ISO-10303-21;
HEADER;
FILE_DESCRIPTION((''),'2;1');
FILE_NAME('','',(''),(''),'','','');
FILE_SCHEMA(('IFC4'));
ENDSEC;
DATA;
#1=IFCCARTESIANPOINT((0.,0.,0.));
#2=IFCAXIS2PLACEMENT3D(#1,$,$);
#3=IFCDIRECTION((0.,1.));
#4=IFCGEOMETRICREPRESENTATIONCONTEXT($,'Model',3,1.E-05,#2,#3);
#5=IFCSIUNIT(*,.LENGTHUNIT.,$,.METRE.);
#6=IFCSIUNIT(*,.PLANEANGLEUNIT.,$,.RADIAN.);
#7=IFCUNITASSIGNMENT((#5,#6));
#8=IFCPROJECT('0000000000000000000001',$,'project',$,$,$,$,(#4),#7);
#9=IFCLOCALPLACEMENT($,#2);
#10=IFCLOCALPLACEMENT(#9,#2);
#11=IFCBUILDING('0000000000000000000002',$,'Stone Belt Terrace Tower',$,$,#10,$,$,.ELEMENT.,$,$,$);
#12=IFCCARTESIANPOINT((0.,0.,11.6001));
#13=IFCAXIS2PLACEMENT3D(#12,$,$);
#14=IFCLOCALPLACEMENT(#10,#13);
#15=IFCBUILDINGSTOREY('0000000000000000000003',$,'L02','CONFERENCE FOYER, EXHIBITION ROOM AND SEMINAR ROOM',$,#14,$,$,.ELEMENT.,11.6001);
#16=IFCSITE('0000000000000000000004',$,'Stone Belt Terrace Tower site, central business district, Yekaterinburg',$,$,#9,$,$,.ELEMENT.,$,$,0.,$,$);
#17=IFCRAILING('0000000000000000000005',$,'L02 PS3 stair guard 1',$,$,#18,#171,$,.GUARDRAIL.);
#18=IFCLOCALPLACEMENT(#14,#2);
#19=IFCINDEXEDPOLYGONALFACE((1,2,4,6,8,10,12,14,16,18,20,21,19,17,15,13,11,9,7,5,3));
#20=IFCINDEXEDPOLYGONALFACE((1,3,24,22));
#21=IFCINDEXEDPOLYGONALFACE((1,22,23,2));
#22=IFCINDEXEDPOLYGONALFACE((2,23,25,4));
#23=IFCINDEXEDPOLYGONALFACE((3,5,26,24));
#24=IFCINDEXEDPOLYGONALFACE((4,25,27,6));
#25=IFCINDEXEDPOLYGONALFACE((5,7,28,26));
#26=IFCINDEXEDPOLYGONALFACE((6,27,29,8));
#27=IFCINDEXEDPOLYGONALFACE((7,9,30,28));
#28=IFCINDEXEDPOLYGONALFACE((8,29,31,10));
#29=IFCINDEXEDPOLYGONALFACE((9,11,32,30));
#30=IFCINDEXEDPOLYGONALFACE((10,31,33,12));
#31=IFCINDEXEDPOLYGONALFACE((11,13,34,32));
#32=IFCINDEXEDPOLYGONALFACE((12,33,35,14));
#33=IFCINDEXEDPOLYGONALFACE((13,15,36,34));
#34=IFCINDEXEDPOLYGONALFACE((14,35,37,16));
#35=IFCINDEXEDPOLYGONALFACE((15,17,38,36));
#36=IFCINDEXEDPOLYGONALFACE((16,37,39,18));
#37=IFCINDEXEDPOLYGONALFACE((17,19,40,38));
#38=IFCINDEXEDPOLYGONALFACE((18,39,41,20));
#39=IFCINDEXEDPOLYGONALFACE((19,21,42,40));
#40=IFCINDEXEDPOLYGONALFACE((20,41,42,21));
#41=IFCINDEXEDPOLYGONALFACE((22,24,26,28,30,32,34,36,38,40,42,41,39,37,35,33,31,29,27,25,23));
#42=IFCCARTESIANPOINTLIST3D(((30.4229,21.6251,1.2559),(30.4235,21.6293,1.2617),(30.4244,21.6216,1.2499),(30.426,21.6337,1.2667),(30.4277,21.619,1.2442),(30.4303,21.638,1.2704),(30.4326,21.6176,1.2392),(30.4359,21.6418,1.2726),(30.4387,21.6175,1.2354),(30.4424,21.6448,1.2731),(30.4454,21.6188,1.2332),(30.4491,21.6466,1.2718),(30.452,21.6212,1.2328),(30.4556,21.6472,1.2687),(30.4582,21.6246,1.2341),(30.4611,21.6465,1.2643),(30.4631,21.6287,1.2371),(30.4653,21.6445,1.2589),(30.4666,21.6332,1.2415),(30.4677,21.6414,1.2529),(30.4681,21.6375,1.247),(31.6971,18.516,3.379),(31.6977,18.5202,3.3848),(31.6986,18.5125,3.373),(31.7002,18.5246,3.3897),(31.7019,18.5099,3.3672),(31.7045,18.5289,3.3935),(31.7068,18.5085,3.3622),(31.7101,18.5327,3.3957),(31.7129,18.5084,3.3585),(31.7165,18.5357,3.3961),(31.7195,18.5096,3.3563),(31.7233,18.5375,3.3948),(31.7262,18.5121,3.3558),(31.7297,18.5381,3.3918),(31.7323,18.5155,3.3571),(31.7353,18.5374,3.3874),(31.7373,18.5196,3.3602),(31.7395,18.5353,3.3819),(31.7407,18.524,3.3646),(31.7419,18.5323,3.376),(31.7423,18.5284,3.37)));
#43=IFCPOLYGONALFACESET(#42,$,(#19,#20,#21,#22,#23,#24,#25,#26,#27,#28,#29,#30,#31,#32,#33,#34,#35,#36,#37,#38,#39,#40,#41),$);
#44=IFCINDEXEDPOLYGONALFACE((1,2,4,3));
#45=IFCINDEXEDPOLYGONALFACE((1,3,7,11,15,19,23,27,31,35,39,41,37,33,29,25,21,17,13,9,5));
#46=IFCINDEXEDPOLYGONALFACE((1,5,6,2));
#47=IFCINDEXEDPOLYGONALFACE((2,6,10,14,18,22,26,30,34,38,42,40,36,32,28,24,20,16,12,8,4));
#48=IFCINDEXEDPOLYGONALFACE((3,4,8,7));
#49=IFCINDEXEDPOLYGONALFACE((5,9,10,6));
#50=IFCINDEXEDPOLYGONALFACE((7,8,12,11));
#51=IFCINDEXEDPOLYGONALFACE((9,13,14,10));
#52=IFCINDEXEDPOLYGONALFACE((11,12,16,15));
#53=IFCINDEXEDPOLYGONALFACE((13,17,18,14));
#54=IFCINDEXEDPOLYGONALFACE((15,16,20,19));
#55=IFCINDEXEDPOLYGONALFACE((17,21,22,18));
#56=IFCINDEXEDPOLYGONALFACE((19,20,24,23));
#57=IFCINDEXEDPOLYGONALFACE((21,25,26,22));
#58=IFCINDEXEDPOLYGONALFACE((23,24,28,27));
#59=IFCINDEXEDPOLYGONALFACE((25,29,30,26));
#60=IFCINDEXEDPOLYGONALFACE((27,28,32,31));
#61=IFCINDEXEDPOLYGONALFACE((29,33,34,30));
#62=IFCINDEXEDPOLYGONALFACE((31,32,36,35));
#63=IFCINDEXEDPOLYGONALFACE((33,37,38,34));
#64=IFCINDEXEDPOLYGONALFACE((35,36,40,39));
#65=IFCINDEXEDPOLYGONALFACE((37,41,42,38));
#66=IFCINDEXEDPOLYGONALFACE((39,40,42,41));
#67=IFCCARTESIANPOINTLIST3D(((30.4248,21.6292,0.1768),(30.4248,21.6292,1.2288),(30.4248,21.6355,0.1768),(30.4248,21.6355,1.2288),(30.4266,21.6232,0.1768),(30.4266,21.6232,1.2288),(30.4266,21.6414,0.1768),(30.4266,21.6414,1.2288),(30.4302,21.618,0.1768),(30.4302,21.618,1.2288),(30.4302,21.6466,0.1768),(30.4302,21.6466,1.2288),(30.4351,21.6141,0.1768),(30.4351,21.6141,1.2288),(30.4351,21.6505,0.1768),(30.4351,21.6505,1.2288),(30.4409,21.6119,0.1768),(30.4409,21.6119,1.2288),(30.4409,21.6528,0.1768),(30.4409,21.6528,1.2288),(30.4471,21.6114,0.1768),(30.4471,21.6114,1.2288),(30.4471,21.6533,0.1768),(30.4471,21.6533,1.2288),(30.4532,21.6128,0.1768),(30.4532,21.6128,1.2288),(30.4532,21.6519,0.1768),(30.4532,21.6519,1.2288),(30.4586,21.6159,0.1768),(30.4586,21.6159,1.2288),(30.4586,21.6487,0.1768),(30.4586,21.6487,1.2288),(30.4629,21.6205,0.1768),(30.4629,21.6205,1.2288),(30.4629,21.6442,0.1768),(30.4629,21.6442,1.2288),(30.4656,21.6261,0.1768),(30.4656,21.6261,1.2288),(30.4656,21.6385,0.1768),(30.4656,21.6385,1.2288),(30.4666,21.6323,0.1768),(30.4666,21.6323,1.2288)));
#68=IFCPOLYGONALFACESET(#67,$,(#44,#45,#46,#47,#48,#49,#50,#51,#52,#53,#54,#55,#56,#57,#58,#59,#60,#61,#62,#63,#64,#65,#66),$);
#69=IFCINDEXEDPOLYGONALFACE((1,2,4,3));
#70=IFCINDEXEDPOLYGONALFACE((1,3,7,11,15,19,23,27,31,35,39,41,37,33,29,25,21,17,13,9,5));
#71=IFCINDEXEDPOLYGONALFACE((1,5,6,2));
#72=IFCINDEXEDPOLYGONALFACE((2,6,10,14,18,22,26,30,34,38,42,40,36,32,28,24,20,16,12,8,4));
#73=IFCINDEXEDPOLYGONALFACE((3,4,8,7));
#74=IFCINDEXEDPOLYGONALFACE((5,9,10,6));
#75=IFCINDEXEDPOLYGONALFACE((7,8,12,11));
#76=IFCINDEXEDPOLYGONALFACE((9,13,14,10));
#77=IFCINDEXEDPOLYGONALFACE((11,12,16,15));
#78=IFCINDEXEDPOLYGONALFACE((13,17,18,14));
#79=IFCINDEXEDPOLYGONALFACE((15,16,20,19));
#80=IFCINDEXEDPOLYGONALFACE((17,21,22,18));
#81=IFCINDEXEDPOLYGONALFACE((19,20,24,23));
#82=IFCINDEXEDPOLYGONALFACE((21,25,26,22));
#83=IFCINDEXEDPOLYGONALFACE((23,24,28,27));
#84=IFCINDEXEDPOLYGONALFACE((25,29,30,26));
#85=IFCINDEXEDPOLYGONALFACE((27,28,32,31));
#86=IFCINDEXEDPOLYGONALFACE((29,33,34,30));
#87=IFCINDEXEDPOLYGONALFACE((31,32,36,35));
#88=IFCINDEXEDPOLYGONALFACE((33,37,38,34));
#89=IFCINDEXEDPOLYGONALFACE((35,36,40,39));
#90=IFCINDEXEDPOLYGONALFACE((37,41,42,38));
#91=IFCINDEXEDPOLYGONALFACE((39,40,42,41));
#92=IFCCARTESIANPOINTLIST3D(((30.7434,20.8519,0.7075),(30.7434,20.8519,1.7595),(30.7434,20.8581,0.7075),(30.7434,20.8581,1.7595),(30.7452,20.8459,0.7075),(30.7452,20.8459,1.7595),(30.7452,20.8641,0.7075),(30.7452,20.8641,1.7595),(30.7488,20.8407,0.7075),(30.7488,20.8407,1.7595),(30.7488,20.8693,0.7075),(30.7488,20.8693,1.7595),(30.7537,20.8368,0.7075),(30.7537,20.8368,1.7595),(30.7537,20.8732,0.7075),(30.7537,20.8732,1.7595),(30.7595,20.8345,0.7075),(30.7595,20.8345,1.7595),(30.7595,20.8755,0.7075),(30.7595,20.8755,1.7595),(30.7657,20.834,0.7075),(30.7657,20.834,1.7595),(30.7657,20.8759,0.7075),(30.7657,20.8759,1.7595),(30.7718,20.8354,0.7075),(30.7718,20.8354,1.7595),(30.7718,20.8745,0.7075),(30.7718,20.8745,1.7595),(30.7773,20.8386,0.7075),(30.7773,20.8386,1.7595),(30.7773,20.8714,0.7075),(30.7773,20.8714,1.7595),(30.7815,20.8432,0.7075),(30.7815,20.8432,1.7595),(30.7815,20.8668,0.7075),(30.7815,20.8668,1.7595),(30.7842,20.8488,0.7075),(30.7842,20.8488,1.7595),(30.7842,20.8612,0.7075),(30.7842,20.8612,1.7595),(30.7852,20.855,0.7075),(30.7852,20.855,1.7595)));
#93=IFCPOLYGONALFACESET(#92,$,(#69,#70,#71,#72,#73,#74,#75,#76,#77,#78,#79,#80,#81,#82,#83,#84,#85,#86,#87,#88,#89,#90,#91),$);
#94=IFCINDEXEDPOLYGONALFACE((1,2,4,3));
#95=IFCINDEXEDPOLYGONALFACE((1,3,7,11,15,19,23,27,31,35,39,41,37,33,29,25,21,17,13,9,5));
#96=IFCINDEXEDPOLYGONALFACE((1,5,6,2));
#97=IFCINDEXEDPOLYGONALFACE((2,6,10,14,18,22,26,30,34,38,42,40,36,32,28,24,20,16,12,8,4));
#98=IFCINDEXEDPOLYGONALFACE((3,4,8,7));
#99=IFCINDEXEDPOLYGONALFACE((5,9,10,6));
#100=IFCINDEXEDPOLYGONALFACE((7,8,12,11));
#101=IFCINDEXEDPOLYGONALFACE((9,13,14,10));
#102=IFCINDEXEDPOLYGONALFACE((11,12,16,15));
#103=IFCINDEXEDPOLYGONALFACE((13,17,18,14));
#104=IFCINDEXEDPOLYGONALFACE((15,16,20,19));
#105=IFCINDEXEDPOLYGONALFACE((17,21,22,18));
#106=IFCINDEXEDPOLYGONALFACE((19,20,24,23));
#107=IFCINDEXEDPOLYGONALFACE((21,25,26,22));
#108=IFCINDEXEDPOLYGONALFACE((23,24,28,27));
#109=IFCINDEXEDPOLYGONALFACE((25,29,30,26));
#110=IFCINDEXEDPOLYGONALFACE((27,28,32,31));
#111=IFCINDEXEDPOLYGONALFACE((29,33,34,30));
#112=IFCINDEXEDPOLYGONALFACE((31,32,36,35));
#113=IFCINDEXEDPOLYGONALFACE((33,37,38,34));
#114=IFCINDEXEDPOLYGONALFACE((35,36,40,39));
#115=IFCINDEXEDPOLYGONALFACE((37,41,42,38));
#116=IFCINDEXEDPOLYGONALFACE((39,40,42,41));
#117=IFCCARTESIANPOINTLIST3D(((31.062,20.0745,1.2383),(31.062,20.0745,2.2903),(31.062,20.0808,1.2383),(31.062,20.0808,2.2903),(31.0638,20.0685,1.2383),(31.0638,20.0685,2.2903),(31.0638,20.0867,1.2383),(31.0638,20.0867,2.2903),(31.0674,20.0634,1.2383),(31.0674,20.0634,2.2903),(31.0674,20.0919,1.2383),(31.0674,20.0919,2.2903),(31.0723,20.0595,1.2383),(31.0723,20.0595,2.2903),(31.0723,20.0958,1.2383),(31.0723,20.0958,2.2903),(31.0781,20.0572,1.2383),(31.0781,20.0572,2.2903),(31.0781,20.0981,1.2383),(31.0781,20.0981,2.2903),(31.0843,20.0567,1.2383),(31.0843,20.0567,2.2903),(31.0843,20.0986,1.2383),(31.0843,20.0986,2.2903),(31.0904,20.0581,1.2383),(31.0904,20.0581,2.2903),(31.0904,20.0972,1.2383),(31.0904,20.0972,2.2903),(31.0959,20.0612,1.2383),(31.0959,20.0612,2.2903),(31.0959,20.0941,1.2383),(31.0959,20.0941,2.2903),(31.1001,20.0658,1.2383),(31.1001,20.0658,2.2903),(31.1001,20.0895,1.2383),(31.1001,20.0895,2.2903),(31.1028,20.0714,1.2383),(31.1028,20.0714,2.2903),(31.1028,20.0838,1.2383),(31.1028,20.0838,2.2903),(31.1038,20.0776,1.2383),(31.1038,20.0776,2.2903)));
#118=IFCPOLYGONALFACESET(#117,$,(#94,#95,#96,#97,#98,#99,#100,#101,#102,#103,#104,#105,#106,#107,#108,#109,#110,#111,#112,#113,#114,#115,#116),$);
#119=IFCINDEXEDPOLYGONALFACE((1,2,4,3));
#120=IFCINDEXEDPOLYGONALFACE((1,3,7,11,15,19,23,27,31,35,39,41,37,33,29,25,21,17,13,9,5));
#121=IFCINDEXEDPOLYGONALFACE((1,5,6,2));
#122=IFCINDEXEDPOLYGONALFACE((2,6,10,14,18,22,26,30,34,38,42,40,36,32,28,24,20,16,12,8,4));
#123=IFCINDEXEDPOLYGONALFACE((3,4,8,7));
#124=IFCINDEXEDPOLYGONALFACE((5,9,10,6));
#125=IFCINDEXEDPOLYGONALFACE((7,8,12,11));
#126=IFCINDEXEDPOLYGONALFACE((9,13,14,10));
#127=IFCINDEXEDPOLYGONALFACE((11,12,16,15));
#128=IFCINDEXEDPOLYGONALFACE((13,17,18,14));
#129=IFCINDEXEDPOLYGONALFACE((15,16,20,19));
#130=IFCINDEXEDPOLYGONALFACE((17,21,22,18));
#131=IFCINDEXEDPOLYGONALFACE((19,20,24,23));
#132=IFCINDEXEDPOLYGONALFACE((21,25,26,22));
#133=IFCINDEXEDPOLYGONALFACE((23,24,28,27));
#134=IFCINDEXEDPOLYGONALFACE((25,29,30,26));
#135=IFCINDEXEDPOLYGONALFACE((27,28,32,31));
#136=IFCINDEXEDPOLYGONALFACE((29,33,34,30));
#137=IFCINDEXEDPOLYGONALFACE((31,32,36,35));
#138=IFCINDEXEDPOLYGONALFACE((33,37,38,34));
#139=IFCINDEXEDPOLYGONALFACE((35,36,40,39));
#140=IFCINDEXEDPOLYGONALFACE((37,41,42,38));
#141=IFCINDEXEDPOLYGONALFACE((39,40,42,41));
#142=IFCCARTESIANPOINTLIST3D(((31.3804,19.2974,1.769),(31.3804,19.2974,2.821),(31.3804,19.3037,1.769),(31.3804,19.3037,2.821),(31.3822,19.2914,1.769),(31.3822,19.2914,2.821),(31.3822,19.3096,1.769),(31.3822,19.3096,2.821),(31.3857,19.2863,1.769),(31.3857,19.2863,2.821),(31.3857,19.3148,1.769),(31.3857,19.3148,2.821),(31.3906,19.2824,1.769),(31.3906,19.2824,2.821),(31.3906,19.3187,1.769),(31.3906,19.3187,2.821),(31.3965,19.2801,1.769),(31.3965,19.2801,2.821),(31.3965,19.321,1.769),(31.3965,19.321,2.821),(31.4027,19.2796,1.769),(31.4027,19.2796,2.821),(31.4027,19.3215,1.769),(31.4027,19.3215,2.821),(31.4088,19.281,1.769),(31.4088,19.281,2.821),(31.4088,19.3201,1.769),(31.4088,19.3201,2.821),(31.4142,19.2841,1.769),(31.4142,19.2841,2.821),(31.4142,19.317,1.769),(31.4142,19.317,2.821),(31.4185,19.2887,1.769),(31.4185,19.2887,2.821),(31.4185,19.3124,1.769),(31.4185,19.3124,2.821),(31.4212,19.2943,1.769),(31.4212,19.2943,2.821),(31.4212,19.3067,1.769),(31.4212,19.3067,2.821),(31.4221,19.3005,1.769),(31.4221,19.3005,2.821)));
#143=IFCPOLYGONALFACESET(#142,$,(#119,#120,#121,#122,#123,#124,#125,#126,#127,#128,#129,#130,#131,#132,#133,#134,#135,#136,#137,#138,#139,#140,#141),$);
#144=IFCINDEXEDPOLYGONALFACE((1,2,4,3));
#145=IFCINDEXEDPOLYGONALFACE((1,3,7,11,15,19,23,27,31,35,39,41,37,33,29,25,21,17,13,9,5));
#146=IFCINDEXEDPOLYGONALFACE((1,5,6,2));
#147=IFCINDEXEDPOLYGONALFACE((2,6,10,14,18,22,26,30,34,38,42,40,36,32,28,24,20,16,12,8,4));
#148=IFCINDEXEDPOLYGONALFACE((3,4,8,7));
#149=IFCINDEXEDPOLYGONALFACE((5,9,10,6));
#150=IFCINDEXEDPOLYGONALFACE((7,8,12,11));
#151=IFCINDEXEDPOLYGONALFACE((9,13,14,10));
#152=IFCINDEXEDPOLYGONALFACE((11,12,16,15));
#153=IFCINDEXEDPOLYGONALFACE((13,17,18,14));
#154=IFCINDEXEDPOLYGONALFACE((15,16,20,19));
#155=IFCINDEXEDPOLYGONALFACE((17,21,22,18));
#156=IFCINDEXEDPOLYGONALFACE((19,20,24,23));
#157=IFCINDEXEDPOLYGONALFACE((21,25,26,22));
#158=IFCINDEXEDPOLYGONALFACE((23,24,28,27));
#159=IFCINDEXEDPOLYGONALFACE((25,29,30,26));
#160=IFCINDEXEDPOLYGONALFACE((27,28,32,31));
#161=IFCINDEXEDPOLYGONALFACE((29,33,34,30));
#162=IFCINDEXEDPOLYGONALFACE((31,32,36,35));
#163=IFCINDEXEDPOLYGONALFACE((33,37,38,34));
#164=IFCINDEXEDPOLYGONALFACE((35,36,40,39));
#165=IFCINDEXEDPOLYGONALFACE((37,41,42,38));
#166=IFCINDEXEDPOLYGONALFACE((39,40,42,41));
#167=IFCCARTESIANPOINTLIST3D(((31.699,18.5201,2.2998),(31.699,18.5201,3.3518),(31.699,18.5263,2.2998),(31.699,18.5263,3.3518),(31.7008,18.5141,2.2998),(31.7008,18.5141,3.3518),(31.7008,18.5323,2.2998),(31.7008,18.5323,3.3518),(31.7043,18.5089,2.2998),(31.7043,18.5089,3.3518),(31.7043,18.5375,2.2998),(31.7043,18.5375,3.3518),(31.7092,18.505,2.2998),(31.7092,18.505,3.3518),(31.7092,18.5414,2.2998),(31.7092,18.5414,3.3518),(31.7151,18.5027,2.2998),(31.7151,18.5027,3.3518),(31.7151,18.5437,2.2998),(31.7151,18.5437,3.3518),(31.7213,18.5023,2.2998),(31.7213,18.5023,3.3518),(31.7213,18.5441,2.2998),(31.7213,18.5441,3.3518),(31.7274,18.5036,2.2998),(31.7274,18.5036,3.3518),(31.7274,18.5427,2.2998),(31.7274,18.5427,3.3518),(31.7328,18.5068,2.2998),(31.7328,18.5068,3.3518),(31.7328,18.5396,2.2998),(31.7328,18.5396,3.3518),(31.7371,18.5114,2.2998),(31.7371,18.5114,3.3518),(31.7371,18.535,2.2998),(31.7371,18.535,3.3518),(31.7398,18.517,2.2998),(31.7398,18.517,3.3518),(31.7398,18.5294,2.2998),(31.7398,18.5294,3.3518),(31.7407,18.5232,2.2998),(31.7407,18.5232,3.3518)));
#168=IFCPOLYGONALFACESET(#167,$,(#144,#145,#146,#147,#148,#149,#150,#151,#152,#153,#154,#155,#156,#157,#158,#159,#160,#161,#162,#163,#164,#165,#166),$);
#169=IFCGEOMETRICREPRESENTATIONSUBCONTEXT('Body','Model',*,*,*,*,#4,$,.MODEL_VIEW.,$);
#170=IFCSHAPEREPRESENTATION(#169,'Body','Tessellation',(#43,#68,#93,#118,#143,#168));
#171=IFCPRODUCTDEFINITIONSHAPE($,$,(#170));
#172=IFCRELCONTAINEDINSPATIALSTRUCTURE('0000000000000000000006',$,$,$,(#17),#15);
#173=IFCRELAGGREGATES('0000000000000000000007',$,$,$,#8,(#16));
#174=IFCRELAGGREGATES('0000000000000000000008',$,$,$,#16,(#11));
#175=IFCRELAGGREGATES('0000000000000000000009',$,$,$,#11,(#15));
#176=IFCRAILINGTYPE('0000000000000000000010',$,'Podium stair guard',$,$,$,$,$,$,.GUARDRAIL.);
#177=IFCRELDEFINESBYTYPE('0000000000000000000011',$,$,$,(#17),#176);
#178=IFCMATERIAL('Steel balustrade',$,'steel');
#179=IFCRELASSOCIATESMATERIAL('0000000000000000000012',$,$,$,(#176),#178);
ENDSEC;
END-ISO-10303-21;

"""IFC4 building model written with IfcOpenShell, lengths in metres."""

from ifc_helpers import new_model, si_unit, direction, frame, origin, origin_2d, place, context, subcontext, project, spatial, circle, extrude, material, type_object, element, save


model = new_model("IFC4")

# Units and contexts
model_context = context("Model", 3, precision=1e-05, world=origin(), true_north=direction((0.0, 1.0)))
body_context = subcontext(model_context, "Body", "Model", "MODEL_VIEW")
ifc_project = project(units=[si_unit("LENGTHUNIT", "METRE"), si_unit("PLANEANGLEUNIT", "RADIAN")], contexts=[model_context])

# Site, building, storey
site_placement = place(None, origin())
site = spatial("IfcSite", under=ifc_project, at=site_placement, Name="Stone Belt Terrace Tower site, central business district, Yekaterinburg", CompositionType="ELEMENT", RefElevation=0.0)
building_placement = place(site_placement, origin())
building = spatial("IfcBuilding", under=site, at=building_placement, Name="Stone Belt Terrace Tower", CompositionType="ELEMENT")
storey_placement = place(building_placement, frame((0.0, 0.0, 11.6001)))
storey = spatial("IfcBuildingStorey", under=building, at=storey_placement, Name="L02", Description="CONFERENCE FOYER, EXHIBITION ROOM AND SEMINAR ROOM", CompositionType="ELEMENT", Elevation=11.6001)

# Railing
ifc_material_1 = material(Name="Steel balustrade", Category="steel")
railing_type_1 = type_object("IfcRailingType", Name="Podium stair guard", PredefinedType="GUARDRAIL", material=ifc_material_1)
railing_1_placement = place(storey_placement, frame((30.4456, 21.6323, 0.1768)))
element("IfcRailing", 1, at=railing_1_placement, inside=storey, type_object=railing_type_1, Name="L02 PS3 stair guard 1", PredefinedType="GUARDRAIL", context=body_context, shape_type="SweptSolid", body=[
    extrude(circle(Radius=0.0239, at=origin_2d()), frame((0.0, 0.0, 1.0762), z_axis=(0.320577, -0.782248, 0.534152), x_axis=(0.925312, 0.379207, 0.0)), (0.0, 0.0, 1.0), 3.9746),
    extrude(circle(Radius=0.021, at=origin_2d()), origin(), (0.0, 0.0, 1.0), 1.052),
    extrude(circle(Radius=0.021, at=origin_2d()), frame((0.3186, -0.7773, 0.5308)), (0.0, 0.0, 1.0), 1.052),
    extrude(circle(Radius=0.021, at=origin_2d()), frame((0.6372, -1.5547, 1.0615)), (0.0, 0.0, 1.0), 1.052),
    extrude(circle(Radius=0.021, at=origin_2d()), frame((0.9556, -2.3318, 1.5923)), (0.0, 0.0, 1.0), 1.052),
    extrude(circle(Radius=0.021, at=origin_2d()), frame((1.2742, -3.1091, 2.123)), (0.0, 0.0, 1.0), 1.052),
])

save(model, "model.ifc")
